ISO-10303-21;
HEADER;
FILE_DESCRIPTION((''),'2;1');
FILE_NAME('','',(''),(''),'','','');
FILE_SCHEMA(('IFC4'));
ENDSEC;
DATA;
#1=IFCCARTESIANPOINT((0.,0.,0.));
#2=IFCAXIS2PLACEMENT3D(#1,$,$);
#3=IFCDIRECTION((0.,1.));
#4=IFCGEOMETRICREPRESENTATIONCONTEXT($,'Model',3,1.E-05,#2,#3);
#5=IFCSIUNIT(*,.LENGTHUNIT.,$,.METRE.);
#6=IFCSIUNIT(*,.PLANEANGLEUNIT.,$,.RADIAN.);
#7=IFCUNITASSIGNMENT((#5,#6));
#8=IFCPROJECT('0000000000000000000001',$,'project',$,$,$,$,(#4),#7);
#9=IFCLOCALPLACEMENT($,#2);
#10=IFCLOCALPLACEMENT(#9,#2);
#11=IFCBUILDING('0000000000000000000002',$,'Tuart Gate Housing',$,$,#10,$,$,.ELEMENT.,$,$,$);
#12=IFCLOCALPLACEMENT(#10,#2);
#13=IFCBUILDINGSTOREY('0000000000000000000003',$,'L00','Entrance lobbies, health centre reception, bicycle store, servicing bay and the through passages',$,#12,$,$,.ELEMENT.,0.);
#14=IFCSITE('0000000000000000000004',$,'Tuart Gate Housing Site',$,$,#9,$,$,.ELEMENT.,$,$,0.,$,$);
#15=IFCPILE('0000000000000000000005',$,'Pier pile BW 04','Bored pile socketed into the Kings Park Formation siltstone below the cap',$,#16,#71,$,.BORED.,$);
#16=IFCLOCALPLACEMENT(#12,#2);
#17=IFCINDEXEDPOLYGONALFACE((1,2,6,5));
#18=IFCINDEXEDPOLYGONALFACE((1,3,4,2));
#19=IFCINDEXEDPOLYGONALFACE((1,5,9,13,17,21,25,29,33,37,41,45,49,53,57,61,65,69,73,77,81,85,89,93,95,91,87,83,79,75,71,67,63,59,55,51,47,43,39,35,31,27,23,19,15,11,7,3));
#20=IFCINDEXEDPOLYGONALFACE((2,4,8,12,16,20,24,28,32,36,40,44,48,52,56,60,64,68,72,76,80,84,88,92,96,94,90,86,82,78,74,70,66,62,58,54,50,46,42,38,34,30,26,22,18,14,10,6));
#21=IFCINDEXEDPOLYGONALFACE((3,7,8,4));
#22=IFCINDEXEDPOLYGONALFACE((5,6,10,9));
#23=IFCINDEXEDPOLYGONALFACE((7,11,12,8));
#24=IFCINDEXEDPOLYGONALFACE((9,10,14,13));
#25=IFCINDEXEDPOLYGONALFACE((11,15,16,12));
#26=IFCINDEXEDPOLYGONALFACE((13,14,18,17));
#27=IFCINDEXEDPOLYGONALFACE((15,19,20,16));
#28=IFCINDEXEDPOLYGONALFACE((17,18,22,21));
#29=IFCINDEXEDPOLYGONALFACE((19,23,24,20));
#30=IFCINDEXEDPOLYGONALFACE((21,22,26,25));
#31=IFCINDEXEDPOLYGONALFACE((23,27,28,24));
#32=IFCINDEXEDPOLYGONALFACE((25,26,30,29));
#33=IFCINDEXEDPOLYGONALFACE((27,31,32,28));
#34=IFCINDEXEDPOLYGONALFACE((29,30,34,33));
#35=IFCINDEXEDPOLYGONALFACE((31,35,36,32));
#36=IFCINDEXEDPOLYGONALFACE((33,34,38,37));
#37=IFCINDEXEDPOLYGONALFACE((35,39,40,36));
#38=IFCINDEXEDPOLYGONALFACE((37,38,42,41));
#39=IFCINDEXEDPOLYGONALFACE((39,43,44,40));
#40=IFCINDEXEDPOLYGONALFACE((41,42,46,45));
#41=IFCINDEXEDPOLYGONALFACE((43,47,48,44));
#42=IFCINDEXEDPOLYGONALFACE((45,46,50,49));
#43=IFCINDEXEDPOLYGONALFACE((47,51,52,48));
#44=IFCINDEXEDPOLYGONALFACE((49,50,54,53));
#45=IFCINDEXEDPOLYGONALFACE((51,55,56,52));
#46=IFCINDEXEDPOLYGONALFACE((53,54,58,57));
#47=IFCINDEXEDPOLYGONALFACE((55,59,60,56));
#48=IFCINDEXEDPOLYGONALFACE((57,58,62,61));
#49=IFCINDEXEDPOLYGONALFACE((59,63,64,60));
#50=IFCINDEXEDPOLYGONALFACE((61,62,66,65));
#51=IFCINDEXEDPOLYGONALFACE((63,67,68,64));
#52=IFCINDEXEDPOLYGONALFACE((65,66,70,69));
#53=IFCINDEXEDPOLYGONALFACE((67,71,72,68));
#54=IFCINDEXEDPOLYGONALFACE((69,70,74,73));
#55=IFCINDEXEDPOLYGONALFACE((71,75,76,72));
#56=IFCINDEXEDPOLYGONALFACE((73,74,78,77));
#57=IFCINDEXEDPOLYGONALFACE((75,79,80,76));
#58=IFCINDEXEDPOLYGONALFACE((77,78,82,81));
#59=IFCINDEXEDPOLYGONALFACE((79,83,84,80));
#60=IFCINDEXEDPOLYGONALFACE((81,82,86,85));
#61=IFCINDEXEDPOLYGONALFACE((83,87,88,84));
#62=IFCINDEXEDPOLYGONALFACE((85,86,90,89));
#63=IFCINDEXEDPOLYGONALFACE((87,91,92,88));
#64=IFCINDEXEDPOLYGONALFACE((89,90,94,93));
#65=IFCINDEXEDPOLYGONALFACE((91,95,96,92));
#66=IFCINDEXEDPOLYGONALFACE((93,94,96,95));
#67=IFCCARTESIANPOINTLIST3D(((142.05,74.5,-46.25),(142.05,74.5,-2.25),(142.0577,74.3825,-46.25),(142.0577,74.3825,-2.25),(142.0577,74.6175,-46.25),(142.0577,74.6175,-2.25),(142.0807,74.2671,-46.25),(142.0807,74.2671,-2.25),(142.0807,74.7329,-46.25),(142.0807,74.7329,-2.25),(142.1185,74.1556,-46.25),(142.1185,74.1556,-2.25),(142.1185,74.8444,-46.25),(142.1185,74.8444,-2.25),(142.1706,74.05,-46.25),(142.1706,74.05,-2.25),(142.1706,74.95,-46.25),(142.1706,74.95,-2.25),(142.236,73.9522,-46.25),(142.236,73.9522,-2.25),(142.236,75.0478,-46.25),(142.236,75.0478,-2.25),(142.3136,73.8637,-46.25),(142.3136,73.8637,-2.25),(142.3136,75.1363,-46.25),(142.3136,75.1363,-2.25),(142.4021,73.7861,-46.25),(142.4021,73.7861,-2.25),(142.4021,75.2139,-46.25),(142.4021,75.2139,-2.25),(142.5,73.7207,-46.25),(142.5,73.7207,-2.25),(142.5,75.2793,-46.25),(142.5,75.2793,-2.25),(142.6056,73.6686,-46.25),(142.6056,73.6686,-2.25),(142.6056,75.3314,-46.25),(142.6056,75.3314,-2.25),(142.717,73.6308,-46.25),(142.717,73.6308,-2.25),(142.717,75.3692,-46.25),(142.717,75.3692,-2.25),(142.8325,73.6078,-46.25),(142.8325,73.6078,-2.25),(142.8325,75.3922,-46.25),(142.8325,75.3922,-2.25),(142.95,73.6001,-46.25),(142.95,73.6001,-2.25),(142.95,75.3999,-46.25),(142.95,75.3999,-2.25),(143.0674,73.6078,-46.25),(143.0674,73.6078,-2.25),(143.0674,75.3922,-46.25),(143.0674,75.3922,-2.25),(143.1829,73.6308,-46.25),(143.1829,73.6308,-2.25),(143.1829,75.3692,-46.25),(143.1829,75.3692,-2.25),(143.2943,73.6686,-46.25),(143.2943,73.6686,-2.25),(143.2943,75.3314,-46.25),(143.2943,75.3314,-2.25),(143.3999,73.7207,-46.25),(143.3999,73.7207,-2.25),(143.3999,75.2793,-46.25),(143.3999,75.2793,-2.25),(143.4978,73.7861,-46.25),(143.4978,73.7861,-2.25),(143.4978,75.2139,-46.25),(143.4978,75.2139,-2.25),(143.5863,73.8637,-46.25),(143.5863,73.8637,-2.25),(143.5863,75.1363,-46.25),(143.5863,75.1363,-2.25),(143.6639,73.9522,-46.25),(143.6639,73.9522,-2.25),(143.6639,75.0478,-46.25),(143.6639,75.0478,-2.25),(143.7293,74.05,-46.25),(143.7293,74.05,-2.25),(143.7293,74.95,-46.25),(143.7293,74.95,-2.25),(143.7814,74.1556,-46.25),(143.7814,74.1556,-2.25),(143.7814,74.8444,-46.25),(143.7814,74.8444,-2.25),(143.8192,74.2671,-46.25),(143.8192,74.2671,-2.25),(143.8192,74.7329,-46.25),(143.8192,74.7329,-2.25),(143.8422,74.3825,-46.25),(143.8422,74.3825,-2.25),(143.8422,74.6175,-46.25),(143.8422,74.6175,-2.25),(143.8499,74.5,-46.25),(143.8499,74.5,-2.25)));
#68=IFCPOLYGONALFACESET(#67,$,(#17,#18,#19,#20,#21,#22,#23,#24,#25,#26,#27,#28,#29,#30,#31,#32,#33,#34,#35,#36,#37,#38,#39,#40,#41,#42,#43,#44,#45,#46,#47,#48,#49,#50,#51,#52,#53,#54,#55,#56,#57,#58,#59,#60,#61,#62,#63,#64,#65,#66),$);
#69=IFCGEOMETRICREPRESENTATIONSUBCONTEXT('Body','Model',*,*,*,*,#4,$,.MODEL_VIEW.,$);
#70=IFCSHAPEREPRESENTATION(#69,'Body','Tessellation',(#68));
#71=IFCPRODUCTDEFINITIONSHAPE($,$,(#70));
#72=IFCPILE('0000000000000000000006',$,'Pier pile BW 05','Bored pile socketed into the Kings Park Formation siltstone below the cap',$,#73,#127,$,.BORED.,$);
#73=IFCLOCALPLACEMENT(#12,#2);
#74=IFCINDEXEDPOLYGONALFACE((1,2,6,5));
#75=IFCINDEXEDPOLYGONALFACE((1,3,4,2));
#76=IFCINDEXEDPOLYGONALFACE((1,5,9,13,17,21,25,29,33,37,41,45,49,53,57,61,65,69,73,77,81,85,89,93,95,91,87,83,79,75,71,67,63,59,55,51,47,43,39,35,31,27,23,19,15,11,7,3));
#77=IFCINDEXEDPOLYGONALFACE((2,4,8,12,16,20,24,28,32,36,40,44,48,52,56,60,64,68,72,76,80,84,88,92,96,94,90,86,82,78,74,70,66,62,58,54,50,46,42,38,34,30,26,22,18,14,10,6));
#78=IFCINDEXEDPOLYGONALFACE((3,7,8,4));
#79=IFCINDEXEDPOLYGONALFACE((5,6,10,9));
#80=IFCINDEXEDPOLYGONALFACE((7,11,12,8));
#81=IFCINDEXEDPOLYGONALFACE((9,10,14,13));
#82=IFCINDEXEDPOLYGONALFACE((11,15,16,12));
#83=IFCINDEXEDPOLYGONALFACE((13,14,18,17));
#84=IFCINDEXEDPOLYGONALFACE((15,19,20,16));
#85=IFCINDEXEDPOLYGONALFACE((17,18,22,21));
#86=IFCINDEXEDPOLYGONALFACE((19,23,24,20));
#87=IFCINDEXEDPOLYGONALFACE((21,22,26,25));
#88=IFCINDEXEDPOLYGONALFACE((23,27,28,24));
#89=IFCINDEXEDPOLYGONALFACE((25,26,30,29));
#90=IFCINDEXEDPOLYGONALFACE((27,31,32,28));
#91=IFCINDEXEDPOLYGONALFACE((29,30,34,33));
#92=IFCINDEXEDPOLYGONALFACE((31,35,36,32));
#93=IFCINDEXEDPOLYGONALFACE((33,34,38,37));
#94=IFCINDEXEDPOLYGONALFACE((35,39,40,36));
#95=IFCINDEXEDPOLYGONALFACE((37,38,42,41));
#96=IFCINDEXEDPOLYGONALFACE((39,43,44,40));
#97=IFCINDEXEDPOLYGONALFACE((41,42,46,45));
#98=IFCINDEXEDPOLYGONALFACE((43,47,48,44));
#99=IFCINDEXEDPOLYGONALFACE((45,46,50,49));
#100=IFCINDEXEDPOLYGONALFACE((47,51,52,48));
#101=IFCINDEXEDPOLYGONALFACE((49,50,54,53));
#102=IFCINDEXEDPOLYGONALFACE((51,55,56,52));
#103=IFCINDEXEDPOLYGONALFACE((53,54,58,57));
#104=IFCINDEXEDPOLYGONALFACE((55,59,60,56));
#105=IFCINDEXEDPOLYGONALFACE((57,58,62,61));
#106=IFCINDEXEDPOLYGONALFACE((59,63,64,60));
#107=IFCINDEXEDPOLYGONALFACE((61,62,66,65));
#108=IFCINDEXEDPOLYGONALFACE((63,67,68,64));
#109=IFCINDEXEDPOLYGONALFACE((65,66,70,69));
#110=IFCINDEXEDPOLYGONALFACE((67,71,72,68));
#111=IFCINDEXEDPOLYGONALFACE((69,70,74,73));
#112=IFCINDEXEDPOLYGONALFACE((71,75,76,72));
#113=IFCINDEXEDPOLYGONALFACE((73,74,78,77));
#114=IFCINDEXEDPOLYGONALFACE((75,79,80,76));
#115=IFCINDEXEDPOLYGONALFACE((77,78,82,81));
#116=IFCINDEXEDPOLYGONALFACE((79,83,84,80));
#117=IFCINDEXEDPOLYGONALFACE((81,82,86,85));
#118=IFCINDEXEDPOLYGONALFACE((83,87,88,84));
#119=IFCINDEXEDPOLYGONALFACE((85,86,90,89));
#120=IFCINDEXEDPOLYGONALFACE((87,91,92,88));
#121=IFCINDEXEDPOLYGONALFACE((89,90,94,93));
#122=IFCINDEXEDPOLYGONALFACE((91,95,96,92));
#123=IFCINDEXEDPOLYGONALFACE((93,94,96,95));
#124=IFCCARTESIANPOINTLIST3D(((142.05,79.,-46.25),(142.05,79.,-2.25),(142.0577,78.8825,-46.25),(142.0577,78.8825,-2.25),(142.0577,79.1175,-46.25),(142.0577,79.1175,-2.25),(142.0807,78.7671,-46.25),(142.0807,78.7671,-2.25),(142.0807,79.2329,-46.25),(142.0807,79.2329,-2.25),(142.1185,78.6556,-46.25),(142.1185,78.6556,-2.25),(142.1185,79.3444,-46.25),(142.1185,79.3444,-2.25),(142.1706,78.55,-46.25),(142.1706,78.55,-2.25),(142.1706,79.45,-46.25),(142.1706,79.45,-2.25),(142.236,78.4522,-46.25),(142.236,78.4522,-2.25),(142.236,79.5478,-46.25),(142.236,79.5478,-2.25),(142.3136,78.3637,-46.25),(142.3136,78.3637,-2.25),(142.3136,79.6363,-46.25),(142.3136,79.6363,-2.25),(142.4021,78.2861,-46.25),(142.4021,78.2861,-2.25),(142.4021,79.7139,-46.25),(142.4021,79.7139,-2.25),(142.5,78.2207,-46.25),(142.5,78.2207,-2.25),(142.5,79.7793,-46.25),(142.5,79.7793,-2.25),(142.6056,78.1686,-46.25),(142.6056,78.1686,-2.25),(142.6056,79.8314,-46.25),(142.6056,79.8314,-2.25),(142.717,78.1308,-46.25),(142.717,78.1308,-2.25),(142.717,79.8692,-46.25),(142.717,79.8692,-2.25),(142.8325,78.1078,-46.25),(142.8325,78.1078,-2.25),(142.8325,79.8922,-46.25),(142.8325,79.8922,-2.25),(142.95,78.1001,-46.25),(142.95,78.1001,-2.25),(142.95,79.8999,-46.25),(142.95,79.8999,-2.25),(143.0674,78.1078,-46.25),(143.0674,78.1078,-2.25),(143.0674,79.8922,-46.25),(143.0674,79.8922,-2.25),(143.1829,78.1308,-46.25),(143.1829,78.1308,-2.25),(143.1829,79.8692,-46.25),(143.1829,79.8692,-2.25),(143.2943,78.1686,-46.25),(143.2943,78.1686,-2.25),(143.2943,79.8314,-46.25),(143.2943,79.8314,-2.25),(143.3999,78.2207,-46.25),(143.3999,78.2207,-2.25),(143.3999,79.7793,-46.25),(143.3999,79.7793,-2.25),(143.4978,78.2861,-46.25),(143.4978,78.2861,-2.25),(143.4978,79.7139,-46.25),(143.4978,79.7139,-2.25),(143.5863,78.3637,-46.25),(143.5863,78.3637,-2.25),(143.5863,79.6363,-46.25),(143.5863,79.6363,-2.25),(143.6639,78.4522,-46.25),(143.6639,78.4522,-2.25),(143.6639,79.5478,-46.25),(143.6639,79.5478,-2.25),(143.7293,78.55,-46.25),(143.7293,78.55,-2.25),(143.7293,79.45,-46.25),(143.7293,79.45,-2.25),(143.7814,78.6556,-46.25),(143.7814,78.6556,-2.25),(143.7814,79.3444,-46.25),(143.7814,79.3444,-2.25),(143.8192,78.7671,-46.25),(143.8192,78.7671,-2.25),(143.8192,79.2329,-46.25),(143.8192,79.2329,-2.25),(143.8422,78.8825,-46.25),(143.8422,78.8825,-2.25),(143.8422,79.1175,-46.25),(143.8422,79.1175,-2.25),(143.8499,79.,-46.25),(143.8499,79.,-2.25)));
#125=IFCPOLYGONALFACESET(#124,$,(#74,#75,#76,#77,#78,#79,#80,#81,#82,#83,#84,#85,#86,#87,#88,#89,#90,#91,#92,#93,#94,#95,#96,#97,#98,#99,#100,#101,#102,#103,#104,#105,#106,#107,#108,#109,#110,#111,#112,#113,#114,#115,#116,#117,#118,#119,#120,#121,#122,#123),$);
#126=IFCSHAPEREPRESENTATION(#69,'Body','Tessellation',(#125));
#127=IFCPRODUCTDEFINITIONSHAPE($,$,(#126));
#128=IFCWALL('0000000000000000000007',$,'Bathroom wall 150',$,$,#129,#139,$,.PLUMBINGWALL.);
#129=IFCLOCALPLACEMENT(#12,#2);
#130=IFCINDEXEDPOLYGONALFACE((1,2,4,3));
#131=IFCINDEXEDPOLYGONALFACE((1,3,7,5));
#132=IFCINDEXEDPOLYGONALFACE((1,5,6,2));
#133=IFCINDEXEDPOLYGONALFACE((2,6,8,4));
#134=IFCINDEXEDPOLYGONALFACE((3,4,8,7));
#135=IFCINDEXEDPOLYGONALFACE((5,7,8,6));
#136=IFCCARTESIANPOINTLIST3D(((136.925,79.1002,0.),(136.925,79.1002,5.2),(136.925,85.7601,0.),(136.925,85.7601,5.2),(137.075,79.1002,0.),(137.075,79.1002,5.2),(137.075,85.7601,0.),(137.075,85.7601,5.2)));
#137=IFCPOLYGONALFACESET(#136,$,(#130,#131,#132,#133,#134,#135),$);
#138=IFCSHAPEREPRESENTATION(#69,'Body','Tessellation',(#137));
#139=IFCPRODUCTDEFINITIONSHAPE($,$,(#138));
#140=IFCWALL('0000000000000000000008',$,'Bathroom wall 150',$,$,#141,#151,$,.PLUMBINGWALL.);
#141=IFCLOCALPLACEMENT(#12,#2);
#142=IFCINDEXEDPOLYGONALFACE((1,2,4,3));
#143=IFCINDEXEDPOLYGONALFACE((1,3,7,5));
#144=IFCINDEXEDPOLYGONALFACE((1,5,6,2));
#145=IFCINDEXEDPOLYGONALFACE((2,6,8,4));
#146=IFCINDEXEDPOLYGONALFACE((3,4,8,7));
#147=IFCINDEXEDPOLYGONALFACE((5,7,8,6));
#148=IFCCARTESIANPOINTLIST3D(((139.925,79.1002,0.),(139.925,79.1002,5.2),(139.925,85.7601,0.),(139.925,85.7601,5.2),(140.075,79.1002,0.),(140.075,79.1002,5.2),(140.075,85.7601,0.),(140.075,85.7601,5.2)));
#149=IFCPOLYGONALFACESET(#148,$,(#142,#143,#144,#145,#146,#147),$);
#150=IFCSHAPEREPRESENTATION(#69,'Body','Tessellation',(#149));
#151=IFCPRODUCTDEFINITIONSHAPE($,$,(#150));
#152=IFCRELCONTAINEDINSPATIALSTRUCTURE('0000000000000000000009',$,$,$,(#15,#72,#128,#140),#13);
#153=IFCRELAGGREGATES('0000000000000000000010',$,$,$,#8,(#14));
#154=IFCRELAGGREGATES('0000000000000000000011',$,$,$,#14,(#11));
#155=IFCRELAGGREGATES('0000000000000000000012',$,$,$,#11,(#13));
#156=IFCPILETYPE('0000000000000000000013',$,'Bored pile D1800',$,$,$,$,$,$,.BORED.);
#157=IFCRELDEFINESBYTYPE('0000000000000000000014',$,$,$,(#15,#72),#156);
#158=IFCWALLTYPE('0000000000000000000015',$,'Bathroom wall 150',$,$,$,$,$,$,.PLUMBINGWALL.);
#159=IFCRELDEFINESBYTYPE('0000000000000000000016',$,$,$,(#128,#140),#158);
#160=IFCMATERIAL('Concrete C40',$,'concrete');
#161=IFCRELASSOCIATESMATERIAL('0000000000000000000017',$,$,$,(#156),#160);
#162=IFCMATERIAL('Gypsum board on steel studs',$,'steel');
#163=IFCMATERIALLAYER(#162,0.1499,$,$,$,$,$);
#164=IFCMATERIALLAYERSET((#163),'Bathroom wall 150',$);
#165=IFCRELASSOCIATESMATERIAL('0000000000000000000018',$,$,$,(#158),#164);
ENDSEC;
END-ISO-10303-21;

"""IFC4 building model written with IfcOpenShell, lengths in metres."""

from ifc_helpers import new_model, si_unit, direction, frame, frame_2d, origin, origin_2d, place, context, subcontext, project, spatial, rectangle, circle, extrude, material, layer, layer_set, material_profile, profile_set, type_object, element, save


model = new_model("IFC4")

# Units and contexts
model_context = context("Model", 3, precision=1e-05, world=origin(), true_north=direction((0.0, 1.0)))
body_context = subcontext(model_context, "Body", "Model", "MODEL_VIEW")
ifc_project = project(units=[si_unit("LENGTHUNIT", "METRE"), si_unit("PLANEANGLEUNIT", "RADIAN")], contexts=[model_context])

# Site, building, storey
site_placement = place(None, origin())
site = spatial("IfcSite", under=ifc_project, at=site_placement, Name="Tuart Gate Housing Site", CompositionType="ELEMENT", RefElevation=0.0)
building_placement = place(site_placement, origin())
building = spatial("IfcBuilding", under=site, at=building_placement, Name="Tuart Gate Housing", CompositionType="ELEMENT")
storey_placement = place(building_placement, origin())
storey = spatial("IfcBuildingStorey", under=building, at=storey_placement, Name="L00", Description="Entrance lobbies, health centre reception, bicycle store, servicing bay and the through passages", CompositionType="ELEMENT", Elevation=0.0)

# Piles
ifc_material_1 = material(Name="Concrete C40", Category="concrete")
ifc_material_profile_1 = material_profile(ifc_material_1, circle(Radius=0.8999, at=origin_2d()), Name="Bored pile D1800")
ifc_profile_set_1 = profile_set([ifc_material_profile_1], Name="Concrete C40")
pile_type_1 = type_object("IfcPileType", Name="Bored pile D1800", PredefinedType="BORED", material=ifc_profile_set_1)
for number, where, z_axis, x_axis, name in (
    (1, (142.95, 74.5, -2.25), (0.0, 0.0, -1.0), (1.0, 0.0, 0.0), "Pier pile BW 04"),
    (2, (142.95, 79.0, -2.25), (0.0, 0.0, -1.0), (1.0, 0.0, 0.0), "Pier pile BW 05"),
):
    element("IfcPile", number, at=place(storey_placement, frame(where, z_axis=z_axis, x_axis=x_axis)), inside=storey, type_object=pile_type_1, Name=name, Description="Bored pile socketed into the Kings Park Formation siltstone below the cap", PredefinedType="BORED", context=body_context, shape_type="SweptSolid", body=[
        extrude(circle(Radius=0.8999, at=origin_2d()), origin(), (0.0, 0.0, 1.0), 44.0),
    ])

# Walls
ifc_material_2 = material(Name="Gypsum board on steel studs", Category="steel")
ifc_layer_1 = layer(ifc_material_2, 0.1499)
ifc_layer_set_1 = layer_set([ifc_layer_1], Name="Bathroom wall 150")
wall_type_1 = type_object("IfcWallType", Name="Bathroom wall 150", PredefinedType="PLUMBINGWALL", material=ifc_layer_set_1)
for number, where, z_axis, x_axis, name in (
    (3, (137.0, 79.1001, 0.0), (0.0, 0.0, 1.0), (0.0, 1.0, 0.0), "Bathroom wall 150"),
    (4, (140.0, 79.1001, 0.0), (0.0, 0.0, 1.0), (0.0, 1.0, 0.0), "Bathroom wall 150"),
):
    element("IfcWall", number, at=place(storey_placement, frame(where, z_axis=z_axis, x_axis=x_axis)), inside=storey, type_object=wall_type_1, Name=name, PredefinedType="PLUMBINGWALL", context=body_context, shape_type="SweptSolid", body=[
        extrude(rectangle(XDim=6.6599, YDim=0.1499, at=frame_2d((3.3301, 0.0))), origin(), (0.0, 0.0, 1.0), 5.2),
    ])

save(model, "model.ifc")
